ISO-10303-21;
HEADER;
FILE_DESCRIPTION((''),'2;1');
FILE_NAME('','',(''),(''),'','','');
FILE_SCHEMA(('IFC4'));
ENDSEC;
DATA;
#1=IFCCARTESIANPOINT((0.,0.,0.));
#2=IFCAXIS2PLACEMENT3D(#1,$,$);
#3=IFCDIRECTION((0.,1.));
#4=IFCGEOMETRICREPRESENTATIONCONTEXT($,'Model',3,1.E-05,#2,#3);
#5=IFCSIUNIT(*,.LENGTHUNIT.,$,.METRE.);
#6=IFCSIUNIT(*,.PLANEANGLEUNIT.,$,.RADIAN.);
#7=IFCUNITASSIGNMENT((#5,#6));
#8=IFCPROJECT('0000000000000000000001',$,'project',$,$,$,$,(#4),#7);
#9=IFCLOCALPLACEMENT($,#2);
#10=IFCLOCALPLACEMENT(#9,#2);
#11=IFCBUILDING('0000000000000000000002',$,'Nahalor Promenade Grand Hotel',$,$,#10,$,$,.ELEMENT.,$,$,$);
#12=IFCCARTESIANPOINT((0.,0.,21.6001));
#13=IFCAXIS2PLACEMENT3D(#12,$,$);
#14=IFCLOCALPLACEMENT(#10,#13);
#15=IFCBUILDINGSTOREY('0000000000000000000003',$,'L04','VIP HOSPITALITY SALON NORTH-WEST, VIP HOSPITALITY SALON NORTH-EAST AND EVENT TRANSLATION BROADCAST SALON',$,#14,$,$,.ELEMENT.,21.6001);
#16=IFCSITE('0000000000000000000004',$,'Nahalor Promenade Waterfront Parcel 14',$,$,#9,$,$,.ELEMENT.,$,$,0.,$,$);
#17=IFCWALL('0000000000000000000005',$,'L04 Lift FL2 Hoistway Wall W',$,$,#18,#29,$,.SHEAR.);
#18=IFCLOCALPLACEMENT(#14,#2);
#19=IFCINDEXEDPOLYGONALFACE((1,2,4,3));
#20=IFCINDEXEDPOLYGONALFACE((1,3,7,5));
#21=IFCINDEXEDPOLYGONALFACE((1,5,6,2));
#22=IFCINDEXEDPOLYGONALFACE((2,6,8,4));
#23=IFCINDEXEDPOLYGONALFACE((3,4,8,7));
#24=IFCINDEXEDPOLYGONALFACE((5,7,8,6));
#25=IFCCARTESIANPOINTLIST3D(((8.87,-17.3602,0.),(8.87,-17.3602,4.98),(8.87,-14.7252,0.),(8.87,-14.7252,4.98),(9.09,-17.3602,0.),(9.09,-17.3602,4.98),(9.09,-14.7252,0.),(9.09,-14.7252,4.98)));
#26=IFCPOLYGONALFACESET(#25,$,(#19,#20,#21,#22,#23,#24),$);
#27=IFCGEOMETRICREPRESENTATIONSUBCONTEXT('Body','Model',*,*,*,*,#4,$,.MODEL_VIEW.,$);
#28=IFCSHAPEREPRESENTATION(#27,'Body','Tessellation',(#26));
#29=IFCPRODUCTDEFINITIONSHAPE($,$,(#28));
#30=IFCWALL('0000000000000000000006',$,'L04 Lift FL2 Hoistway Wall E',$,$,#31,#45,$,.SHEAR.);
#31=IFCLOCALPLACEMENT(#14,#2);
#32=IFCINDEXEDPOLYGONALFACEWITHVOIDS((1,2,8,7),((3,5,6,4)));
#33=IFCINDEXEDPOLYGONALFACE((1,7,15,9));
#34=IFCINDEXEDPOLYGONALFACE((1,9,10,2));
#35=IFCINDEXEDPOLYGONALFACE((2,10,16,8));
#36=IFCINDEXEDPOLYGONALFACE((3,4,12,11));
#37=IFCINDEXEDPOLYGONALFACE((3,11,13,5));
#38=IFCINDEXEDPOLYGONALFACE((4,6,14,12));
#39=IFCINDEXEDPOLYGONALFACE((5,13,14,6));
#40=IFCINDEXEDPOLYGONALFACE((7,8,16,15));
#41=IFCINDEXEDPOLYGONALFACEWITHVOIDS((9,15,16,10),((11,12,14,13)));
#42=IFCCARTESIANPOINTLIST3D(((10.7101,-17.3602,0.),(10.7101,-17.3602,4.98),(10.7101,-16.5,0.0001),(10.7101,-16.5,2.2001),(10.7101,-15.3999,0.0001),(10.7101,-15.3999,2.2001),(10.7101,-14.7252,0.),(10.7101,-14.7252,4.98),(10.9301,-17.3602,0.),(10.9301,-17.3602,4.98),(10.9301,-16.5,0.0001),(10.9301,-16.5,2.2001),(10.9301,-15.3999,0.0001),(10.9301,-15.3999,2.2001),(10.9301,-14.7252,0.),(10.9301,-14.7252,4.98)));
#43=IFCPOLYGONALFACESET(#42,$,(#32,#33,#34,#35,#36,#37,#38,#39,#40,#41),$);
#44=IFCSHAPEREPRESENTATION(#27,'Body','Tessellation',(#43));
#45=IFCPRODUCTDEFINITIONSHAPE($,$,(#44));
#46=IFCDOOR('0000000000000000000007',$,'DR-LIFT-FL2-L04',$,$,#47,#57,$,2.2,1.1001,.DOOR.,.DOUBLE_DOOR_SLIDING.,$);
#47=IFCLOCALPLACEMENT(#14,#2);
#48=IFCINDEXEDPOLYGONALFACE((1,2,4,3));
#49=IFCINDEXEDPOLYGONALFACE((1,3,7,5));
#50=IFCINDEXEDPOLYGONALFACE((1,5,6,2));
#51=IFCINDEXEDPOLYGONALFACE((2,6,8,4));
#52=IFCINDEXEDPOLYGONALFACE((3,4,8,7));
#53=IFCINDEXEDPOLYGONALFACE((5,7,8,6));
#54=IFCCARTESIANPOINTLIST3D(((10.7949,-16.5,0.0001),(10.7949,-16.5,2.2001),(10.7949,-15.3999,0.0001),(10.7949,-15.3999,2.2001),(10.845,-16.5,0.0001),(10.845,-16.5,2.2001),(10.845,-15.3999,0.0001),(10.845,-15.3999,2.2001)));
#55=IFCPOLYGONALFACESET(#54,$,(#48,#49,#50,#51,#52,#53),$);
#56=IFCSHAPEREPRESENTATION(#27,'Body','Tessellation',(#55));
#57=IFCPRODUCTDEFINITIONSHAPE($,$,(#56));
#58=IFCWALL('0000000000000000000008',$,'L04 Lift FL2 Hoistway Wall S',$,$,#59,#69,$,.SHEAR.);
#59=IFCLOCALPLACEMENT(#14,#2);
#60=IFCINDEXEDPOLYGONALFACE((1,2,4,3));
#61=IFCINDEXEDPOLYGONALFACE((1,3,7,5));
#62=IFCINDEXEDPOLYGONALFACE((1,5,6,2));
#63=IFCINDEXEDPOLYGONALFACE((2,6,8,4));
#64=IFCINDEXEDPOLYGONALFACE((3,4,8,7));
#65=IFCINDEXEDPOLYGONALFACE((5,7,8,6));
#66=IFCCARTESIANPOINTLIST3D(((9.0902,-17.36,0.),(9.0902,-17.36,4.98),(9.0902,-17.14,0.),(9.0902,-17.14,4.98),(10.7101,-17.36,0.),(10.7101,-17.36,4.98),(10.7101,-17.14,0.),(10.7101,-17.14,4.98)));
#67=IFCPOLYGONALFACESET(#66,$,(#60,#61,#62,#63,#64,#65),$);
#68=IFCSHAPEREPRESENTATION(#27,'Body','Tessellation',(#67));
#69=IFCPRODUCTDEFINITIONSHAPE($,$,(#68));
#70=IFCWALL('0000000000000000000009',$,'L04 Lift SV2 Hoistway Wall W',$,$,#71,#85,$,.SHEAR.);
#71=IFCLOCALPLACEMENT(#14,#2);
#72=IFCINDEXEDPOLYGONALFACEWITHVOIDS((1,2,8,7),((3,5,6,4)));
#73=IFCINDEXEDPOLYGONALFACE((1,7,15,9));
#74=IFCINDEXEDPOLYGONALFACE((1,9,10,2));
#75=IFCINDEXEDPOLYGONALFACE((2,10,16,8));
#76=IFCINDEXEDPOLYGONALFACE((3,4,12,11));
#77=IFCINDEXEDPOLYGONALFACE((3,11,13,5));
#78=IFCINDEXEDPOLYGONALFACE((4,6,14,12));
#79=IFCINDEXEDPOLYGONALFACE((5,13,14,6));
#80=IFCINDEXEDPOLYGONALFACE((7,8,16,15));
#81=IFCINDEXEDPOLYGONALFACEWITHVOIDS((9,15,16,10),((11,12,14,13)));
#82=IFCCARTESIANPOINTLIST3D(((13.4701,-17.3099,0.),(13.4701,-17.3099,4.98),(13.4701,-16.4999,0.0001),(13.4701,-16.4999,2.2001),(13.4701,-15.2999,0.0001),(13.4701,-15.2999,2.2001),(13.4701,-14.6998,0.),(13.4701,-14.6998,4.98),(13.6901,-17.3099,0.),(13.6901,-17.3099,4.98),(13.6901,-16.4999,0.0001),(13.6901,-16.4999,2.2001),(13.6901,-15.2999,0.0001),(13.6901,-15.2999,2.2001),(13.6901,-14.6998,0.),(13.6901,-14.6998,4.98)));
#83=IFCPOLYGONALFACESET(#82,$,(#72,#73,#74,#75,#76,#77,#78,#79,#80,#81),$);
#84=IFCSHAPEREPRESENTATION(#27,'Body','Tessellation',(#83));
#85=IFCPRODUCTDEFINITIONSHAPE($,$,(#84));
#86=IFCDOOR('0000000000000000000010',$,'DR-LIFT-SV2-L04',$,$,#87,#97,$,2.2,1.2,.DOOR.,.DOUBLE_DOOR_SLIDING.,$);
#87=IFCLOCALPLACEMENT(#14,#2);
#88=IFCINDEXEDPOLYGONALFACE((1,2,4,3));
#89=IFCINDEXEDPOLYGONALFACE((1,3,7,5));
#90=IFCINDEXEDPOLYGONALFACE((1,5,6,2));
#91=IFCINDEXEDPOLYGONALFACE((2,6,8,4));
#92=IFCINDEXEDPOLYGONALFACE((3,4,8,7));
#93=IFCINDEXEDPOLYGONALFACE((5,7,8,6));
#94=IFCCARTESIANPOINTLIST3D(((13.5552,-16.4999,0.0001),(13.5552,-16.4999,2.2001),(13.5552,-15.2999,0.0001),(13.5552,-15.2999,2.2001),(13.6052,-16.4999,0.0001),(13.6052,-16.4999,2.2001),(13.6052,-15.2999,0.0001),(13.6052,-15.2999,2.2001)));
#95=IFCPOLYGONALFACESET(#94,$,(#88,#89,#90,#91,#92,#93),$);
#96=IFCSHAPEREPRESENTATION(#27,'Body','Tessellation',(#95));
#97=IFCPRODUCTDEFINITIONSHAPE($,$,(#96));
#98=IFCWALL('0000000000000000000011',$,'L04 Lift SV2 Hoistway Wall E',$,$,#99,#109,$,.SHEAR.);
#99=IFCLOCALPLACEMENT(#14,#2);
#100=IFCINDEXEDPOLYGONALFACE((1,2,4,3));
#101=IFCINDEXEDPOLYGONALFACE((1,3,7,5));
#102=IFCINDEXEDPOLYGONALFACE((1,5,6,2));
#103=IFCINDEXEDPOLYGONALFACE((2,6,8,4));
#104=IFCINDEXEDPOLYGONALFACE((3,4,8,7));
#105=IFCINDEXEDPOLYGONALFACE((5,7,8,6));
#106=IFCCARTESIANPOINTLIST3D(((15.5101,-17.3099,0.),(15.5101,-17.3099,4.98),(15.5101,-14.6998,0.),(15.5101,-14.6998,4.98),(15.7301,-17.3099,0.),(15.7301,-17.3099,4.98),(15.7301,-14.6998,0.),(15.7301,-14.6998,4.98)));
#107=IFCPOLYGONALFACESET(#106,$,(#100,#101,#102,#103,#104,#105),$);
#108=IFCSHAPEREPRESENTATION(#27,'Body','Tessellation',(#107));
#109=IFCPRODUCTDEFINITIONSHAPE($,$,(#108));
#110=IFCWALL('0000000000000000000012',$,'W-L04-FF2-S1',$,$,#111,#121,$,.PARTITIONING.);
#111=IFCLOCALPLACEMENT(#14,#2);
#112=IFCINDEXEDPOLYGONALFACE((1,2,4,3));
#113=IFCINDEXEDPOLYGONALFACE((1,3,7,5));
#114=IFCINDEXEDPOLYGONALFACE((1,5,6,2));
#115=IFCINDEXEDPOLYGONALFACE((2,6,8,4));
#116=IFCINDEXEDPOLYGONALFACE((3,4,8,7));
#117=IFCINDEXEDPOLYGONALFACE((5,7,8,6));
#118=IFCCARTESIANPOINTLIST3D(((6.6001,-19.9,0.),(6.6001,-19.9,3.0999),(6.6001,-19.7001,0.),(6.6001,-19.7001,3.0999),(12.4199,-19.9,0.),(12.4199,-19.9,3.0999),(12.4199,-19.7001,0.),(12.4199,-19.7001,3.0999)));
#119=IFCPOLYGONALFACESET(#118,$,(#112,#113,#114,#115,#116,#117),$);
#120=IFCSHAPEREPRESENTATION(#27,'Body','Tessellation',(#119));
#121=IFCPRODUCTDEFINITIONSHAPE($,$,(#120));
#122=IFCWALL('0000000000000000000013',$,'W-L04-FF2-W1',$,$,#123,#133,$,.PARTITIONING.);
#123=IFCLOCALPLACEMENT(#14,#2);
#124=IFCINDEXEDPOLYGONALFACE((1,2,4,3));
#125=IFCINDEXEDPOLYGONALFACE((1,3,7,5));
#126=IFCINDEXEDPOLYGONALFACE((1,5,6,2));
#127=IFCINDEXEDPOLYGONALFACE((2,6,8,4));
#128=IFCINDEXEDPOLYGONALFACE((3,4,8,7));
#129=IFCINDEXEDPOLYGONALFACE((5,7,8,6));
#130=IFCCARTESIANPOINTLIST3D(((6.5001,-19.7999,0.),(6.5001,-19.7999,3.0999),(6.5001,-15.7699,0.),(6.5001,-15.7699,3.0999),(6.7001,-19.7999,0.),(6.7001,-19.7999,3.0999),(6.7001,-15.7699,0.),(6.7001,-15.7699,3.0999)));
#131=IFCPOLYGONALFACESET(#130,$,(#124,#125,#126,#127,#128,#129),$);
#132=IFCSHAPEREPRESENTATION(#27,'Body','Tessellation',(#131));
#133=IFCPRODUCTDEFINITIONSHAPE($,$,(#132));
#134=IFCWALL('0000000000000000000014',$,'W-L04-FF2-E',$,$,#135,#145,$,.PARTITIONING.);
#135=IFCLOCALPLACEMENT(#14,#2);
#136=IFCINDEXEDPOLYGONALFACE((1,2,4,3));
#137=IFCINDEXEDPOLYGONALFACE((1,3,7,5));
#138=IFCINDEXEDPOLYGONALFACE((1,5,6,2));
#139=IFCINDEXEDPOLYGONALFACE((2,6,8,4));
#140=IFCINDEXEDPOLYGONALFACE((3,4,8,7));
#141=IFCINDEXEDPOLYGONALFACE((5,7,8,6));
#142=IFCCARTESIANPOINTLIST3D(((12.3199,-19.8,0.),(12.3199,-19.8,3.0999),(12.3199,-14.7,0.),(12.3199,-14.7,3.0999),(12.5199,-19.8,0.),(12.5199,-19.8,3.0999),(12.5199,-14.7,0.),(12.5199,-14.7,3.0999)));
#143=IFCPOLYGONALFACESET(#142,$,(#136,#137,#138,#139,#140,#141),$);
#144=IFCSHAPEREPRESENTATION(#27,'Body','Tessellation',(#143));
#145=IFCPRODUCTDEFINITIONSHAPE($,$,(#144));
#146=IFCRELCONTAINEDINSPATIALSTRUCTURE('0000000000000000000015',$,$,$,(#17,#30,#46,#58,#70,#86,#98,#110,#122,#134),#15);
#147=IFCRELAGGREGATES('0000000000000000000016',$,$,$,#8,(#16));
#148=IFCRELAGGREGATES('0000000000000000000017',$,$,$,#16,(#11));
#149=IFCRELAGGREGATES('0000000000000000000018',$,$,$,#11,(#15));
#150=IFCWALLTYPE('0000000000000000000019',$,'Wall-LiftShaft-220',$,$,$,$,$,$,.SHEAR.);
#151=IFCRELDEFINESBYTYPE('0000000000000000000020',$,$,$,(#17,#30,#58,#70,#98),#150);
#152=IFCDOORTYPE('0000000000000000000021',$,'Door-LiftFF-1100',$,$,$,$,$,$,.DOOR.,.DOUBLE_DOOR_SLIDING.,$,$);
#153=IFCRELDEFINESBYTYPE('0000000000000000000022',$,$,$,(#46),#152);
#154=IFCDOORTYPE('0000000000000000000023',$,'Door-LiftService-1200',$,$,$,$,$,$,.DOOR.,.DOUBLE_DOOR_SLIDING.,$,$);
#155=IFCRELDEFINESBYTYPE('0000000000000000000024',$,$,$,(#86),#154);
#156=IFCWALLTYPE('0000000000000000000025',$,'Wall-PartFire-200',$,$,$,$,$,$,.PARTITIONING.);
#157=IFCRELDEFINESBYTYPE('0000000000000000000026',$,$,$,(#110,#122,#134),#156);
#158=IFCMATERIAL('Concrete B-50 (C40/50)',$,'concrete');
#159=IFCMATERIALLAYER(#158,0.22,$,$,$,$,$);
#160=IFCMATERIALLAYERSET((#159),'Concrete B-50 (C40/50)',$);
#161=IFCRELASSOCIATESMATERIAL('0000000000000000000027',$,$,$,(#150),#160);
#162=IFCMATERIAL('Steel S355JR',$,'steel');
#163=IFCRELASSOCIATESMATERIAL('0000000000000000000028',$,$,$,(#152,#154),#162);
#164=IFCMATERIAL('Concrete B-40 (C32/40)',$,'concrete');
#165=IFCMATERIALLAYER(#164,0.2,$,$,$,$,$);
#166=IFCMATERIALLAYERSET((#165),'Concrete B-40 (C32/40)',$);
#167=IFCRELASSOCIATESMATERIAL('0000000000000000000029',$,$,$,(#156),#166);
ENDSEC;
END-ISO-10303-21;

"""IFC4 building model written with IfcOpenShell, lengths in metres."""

from ifc_helpers import new_model, si_unit, direction, frame, frame_2d, origin, place, context, subcontext, project, spatial, rectangle, extrude, source, transform, mapped, material, layer, layer_set, type_object, element, fill, save


model = new_model("IFC4")

# Units and contexts
model_context = context("Model", 3, precision=1e-05, world=origin(), true_north=direction((0.0, 1.0)))
body_context = subcontext(model_context, "Body", "Model", "MODEL_VIEW")
ifc_project = project(units=[si_unit("LENGTHUNIT", "METRE"), si_unit("PLANEANGLEUNIT", "RADIAN")], contexts=[model_context])

# Site, building, storey
site_placement = place(None, origin())
site = spatial("IfcSite", under=ifc_project, at=site_placement, Name="Nahalor Promenade Waterfront Parcel 14", CompositionType="ELEMENT", RefElevation=0.0)
building_placement = place(site_placement, origin())
building = spatial("IfcBuilding", under=site, at=building_placement, Name="Nahalor Promenade Grand Hotel", CompositionType="ELEMENT")
storey_placement = place(building_placement, frame((0.0, 0.0, 21.6001)))
storey = spatial("IfcBuildingStorey", under=building, at=storey_placement, Name="L04", Description="VIP HOSPITALITY SALON NORTH-WEST, VIP HOSPITALITY SALON NORTH-EAST AND EVENT TRANSLATION BROADCAST SALON", CompositionType="ELEMENT", Elevation=21.6001)

# Shared definitions
ifc_material_1 = material(Name="Steel S355JR", Category="steel")

# Shared definitions
ifc_material_2 = material(Name="Concrete B-50 (C40/50)", Category="concrete")

# Wall
ifc_layer_1 = layer(ifc_material_2, 0.22)
ifc_layer_set_1 = layer_set([ifc_layer_1], Name="Concrete B-50 (C40/50)")
wall_type_1 = type_object("IfcWallType", Name="Wall-LiftShaft-220", PredefinedType="SHEAR", material=ifc_layer_set_1)
shared_shape_1 = source(origin(), body_context, "Body", "SweptSolid", [
    extrude(rectangle(XDim=2.635, YDim=0.22, at=frame_2d((1.3174, 0.0))), origin(), (0.0, 0.0, 1.0), 4.98),
])
wall_1_placement = place(storey_placement, frame((8.98, -17.3601, 0.0), z_axis=(0.0, 0.0, 1.0), x_axis=(0.0, 1.0, 0.0)))
element("IfcWall", 1, at=wall_1_placement, inside=storey, type_object=wall_type_1, Name="L04 Lift FL2 Hoistway Wall W", PredefinedType="SHEAR", context=body_context, shape_type="MappedRepresentation", body=[
    mapped(shared_shape_1, transform((0.0, 0.0, 0.0), scale=1.0)),
])

# Wall, opening, door
wall_2_placement = place(storey_placement, frame((10.8201, -17.3601, 0.0), z_axis=(0.0, 0.0, 1.0), x_axis=(0.0, 1.0, 0.0)))
wall_2 = element("IfcWall", 2, at=wall_2_placement, inside=storey, type_object=wall_type_1, Name="L04 Lift FL2 Hoistway Wall E", PredefinedType="SHEAR", context=body_context, shape_type="MappedRepresentation", body=[
    mapped(shared_shape_1, transform((0.0, 0.0, 0.0), scale=1.0)),
])
opening_1_placement = place(wall_2_placement, frame((0.8601, 0.0, 0.0)))
opening_1 = element("IfcOpeningElement", 3, at=opening_1_placement, cuts=wall_2, PredefinedType="OPENING", context=body_context, shape_type="SweptSolid", body=[
    extrude(rectangle(XDim=1.1001, YDim=2.2, at=frame_2d((0.55, 1.1001))), frame((0.0, 0.1199, 0.0), z_axis=(0.0, -1.0, 0.0), x_axis=(1.0, 0.0, 0.0)), (0.0, 0.0, 1.0), 0.24),
])
door_type_1 = type_object("IfcDoorType", Name="Door-LiftFF-1100", OperationType="DOUBLE_DOOR_SLIDING", PredefinedType="DOOR", material=ifc_material_1)
shared_shape_2 = source(origin(), body_context, "Body", "SweptSolid", [
    extrude(rectangle(XDim=1.1001, YDim=2.2, at=frame_2d((0.55, 1.1001))), frame((0.0, 0.0249, 0.0), z_axis=(0.0, -1.0, 0.0), x_axis=(1.0, 0.0, 0.0)), (0.0, 0.0, 1.0), 0.05),
])
door_1_placement = place(opening_1_placement, frame((1.1001, 0.0, 0.0), z_axis=(0.0, 0.0, 1.0), x_axis=(-1.0, 0.0, 0.0)))
door_1 = element("IfcDoor", 4, at=door_1_placement, inside=storey, type_object=door_type_1, Name="DR-LIFT-FL2-L04", OperationType="DOUBLE_DOOR_SLIDING", OverallHeight=2.2, OverallWidth=1.1001, PredefinedType="DOOR", context=body_context, shape_type="MappedRepresentation", body=[
    mapped(shared_shape_2, transform((0.0, 0.0, 0.0), scale=1.0)),
])
fill(opening_1, door_1)

# Wall
shared_shape_3 = source(origin(), body_context, "Body", "SweptSolid", [
    extrude(rectangle(XDim=1.6199, YDim=0.22, at=frame_2d((0.8101, 0.0))), origin(), (0.0, 0.0, 1.0), 4.98),
])
wall_3_placement = place(storey_placement, frame((9.0901, -17.25, 0.0), z_axis=(0.0, 0.0, 1.0), x_axis=(1.0, 0.0, 0.0)))
element("IfcWall", 5, at=wall_3_placement, inside=storey, type_object=wall_type_1, Name="L04 Lift FL2 Hoistway Wall S", PredefinedType="SHEAR", context=body_context, shape_type="MappedRepresentation", body=[
    mapped(shared_shape_3, transform((0.0, 0.0, 0.0), scale=1.0)),
])

# Wall, opening, door
shared_shape_4 = source(origin(), body_context, "Body", "SweptSolid", [
    extrude(rectangle(XDim=2.6101, YDim=0.22, at=frame_2d((1.3052, 0.0))), origin(), (0.0, 0.0, 1.0), 4.98),
])
wall_4_placement = place(storey_placement, frame((13.5801, -17.3101, 0.0), z_axis=(0.0, 0.0, 1.0), x_axis=(0.0, 1.0, 0.0)))
wall_4 = element("IfcWall", 6, at=wall_4_placement, inside=storey, type_object=wall_type_1, Name="L04 Lift SV2 Hoistway Wall W", PredefinedType="SHEAR", context=body_context, shape_type="MappedRepresentation", body=[
    mapped(shared_shape_4, transform((0.0, 0.0, 0.0), scale=1.0)),
])
opening_2_placement = place(wall_4_placement, frame((0.8101, 0.0, 0.0)))
opening_2 = element("IfcOpeningElement", 7, at=opening_2_placement, cuts=wall_4, PredefinedType="OPENING", context=body_context, shape_type="SweptSolid", body=[
    extrude(rectangle(XDim=1.2, YDim=2.2, at=frame_2d((0.6001, 1.1001))), frame((0.0, 0.1199, 0.0), z_axis=(0.0, -1.0, 0.0), x_axis=(1.0, 0.0, 0.0)), (0.0, 0.0, 1.0), 0.24),
])
door_type_2 = type_object("IfcDoorType", Name="Door-LiftService-1200", OperationType="DOUBLE_DOOR_SLIDING", PredefinedType="DOOR", material=ifc_material_1)
shared_shape_5 = source(origin(), body_context, "Body", "SweptSolid", [
    extrude(rectangle(XDim=1.2, YDim=2.2, at=frame_2d((0.6001, 1.1001))), frame((0.0, 0.0249, 0.0), z_axis=(0.0, -1.0, 0.0), x_axis=(1.0, 0.0, 0.0)), (0.0, 0.0, 1.0), 0.05),
])
door_2_placement = place(opening_2_placement, origin())
door_2 = element("IfcDoor", 8, at=door_2_placement, inside=storey, type_object=door_type_2, Name="DR-LIFT-SV2-L04", OperationType="DOUBLE_DOOR_SLIDING", OverallHeight=2.2, OverallWidth=1.2, PredefinedType="DOOR", context=body_context, shape_type="MappedRepresentation", body=[
    mapped(shared_shape_5, transform((0.0, 0.0, 0.0), scale=1.0)),
])
fill(opening_2, door_2)

# Walls
wall_5_placement = place(storey_placement, frame((15.6201, -17.3101, 0.0), z_axis=(0.0, 0.0, 1.0), x_axis=(0.0, 1.0, 0.0)))
element("IfcWall", 9, at=wall_5_placement, inside=storey, type_object=wall_type_1, Name="L04 Lift SV2 Hoistway Wall E", PredefinedType="SHEAR", context=body_context, shape_type="MappedRepresentation", body=[
    mapped(shared_shape_4, transform((0.0, 0.0, 0.0), scale=1.0)),
])
ifc_material_3 = material(Name="Concrete B-40 (C32/40)", Category="concrete")
ifc_layer_2 = layer(ifc_material_3, 0.2)
ifc_layer_set_2 = layer_set([ifc_layer_2], Name="Concrete B-40 (C32/40)")
wall_type_2 = type_object("IfcWallType", Name="Wall-PartFire-200", PredefinedType="PARTITIONING", material=ifc_layer_set_2)
shared_shape_6 = source(origin(), body_context, "Body", "SweptSolid", [
    extrude(rectangle(XDim=5.8198, YDim=0.2, at=frame_2d((2.9099, 0.0))), origin(), (0.0, 0.0, 1.0), 3.0999),
])
wall_6_placement = place(storey_placement, frame((6.6001, -19.8, 0.0), z_axis=(0.0, 0.0, 1.0), x_axis=(1.0, 0.0, 0.0)))
element("IfcWall", 10, at=wall_6_placement, inside=storey, type_object=wall_type_2, Name="W-L04-FF2-S1", PredefinedType="PARTITIONING", context=body_context, shape_type="MappedRepresentation", body=[
    mapped(shared_shape_6, transform((0.0, 0.0, 0.0), scale=1.0)),
])
shared_shape_7 = source(origin(), body_context, "Body", "SweptSolid", [
    extrude(rectangle(XDim=4.03, YDim=0.2, at=frame_2d((2.0151, 0.0))), origin(), (0.0, 0.0, 1.0), 3.0999),
])
wall_7_placement = place(storey_placement, frame((6.6001, -19.8, 0.0), z_axis=(0.0, 0.0, 1.0), x_axis=(0.0, 1.0, 0.0)))
element("IfcWall", 11, at=wall_7_placement, inside=storey, type_object=wall_type_2, Name="W-L04-FF2-W1", PredefinedType="PARTITIONING", context=body_context, shape_type="MappedRepresentation", body=[
    mapped(shared_shape_7, transform((0.0, 0.0, 0.0), scale=1.0)),
])
shared_shape_8 = source(origin(), body_context, "Body", "SweptSolid", [
    extrude(rectangle(XDim=5.1001, YDim=0.2, at=frame_2d((2.55, 0.0))), origin(), (0.0, 0.0, 1.0), 3.0999),
])
wall_8_placement = place(storey_placement, frame((12.4199, -19.8, 0.0), z_axis=(0.0, 0.0, 1.0), x_axis=(0.0, 1.0, 0.0)))
element("IfcWall", 12, at=wall_8_placement, inside=storey, type_object=wall_type_2, Name="W-L04-FF2-E", PredefinedType="PARTITIONING", context=body_context, shape_type="MappedRepresentation", body=[
    mapped(shared_shape_8, transform((0.0, 0.0, 0.0), scale=1.0)),
])

save(model, "model.ifc")
